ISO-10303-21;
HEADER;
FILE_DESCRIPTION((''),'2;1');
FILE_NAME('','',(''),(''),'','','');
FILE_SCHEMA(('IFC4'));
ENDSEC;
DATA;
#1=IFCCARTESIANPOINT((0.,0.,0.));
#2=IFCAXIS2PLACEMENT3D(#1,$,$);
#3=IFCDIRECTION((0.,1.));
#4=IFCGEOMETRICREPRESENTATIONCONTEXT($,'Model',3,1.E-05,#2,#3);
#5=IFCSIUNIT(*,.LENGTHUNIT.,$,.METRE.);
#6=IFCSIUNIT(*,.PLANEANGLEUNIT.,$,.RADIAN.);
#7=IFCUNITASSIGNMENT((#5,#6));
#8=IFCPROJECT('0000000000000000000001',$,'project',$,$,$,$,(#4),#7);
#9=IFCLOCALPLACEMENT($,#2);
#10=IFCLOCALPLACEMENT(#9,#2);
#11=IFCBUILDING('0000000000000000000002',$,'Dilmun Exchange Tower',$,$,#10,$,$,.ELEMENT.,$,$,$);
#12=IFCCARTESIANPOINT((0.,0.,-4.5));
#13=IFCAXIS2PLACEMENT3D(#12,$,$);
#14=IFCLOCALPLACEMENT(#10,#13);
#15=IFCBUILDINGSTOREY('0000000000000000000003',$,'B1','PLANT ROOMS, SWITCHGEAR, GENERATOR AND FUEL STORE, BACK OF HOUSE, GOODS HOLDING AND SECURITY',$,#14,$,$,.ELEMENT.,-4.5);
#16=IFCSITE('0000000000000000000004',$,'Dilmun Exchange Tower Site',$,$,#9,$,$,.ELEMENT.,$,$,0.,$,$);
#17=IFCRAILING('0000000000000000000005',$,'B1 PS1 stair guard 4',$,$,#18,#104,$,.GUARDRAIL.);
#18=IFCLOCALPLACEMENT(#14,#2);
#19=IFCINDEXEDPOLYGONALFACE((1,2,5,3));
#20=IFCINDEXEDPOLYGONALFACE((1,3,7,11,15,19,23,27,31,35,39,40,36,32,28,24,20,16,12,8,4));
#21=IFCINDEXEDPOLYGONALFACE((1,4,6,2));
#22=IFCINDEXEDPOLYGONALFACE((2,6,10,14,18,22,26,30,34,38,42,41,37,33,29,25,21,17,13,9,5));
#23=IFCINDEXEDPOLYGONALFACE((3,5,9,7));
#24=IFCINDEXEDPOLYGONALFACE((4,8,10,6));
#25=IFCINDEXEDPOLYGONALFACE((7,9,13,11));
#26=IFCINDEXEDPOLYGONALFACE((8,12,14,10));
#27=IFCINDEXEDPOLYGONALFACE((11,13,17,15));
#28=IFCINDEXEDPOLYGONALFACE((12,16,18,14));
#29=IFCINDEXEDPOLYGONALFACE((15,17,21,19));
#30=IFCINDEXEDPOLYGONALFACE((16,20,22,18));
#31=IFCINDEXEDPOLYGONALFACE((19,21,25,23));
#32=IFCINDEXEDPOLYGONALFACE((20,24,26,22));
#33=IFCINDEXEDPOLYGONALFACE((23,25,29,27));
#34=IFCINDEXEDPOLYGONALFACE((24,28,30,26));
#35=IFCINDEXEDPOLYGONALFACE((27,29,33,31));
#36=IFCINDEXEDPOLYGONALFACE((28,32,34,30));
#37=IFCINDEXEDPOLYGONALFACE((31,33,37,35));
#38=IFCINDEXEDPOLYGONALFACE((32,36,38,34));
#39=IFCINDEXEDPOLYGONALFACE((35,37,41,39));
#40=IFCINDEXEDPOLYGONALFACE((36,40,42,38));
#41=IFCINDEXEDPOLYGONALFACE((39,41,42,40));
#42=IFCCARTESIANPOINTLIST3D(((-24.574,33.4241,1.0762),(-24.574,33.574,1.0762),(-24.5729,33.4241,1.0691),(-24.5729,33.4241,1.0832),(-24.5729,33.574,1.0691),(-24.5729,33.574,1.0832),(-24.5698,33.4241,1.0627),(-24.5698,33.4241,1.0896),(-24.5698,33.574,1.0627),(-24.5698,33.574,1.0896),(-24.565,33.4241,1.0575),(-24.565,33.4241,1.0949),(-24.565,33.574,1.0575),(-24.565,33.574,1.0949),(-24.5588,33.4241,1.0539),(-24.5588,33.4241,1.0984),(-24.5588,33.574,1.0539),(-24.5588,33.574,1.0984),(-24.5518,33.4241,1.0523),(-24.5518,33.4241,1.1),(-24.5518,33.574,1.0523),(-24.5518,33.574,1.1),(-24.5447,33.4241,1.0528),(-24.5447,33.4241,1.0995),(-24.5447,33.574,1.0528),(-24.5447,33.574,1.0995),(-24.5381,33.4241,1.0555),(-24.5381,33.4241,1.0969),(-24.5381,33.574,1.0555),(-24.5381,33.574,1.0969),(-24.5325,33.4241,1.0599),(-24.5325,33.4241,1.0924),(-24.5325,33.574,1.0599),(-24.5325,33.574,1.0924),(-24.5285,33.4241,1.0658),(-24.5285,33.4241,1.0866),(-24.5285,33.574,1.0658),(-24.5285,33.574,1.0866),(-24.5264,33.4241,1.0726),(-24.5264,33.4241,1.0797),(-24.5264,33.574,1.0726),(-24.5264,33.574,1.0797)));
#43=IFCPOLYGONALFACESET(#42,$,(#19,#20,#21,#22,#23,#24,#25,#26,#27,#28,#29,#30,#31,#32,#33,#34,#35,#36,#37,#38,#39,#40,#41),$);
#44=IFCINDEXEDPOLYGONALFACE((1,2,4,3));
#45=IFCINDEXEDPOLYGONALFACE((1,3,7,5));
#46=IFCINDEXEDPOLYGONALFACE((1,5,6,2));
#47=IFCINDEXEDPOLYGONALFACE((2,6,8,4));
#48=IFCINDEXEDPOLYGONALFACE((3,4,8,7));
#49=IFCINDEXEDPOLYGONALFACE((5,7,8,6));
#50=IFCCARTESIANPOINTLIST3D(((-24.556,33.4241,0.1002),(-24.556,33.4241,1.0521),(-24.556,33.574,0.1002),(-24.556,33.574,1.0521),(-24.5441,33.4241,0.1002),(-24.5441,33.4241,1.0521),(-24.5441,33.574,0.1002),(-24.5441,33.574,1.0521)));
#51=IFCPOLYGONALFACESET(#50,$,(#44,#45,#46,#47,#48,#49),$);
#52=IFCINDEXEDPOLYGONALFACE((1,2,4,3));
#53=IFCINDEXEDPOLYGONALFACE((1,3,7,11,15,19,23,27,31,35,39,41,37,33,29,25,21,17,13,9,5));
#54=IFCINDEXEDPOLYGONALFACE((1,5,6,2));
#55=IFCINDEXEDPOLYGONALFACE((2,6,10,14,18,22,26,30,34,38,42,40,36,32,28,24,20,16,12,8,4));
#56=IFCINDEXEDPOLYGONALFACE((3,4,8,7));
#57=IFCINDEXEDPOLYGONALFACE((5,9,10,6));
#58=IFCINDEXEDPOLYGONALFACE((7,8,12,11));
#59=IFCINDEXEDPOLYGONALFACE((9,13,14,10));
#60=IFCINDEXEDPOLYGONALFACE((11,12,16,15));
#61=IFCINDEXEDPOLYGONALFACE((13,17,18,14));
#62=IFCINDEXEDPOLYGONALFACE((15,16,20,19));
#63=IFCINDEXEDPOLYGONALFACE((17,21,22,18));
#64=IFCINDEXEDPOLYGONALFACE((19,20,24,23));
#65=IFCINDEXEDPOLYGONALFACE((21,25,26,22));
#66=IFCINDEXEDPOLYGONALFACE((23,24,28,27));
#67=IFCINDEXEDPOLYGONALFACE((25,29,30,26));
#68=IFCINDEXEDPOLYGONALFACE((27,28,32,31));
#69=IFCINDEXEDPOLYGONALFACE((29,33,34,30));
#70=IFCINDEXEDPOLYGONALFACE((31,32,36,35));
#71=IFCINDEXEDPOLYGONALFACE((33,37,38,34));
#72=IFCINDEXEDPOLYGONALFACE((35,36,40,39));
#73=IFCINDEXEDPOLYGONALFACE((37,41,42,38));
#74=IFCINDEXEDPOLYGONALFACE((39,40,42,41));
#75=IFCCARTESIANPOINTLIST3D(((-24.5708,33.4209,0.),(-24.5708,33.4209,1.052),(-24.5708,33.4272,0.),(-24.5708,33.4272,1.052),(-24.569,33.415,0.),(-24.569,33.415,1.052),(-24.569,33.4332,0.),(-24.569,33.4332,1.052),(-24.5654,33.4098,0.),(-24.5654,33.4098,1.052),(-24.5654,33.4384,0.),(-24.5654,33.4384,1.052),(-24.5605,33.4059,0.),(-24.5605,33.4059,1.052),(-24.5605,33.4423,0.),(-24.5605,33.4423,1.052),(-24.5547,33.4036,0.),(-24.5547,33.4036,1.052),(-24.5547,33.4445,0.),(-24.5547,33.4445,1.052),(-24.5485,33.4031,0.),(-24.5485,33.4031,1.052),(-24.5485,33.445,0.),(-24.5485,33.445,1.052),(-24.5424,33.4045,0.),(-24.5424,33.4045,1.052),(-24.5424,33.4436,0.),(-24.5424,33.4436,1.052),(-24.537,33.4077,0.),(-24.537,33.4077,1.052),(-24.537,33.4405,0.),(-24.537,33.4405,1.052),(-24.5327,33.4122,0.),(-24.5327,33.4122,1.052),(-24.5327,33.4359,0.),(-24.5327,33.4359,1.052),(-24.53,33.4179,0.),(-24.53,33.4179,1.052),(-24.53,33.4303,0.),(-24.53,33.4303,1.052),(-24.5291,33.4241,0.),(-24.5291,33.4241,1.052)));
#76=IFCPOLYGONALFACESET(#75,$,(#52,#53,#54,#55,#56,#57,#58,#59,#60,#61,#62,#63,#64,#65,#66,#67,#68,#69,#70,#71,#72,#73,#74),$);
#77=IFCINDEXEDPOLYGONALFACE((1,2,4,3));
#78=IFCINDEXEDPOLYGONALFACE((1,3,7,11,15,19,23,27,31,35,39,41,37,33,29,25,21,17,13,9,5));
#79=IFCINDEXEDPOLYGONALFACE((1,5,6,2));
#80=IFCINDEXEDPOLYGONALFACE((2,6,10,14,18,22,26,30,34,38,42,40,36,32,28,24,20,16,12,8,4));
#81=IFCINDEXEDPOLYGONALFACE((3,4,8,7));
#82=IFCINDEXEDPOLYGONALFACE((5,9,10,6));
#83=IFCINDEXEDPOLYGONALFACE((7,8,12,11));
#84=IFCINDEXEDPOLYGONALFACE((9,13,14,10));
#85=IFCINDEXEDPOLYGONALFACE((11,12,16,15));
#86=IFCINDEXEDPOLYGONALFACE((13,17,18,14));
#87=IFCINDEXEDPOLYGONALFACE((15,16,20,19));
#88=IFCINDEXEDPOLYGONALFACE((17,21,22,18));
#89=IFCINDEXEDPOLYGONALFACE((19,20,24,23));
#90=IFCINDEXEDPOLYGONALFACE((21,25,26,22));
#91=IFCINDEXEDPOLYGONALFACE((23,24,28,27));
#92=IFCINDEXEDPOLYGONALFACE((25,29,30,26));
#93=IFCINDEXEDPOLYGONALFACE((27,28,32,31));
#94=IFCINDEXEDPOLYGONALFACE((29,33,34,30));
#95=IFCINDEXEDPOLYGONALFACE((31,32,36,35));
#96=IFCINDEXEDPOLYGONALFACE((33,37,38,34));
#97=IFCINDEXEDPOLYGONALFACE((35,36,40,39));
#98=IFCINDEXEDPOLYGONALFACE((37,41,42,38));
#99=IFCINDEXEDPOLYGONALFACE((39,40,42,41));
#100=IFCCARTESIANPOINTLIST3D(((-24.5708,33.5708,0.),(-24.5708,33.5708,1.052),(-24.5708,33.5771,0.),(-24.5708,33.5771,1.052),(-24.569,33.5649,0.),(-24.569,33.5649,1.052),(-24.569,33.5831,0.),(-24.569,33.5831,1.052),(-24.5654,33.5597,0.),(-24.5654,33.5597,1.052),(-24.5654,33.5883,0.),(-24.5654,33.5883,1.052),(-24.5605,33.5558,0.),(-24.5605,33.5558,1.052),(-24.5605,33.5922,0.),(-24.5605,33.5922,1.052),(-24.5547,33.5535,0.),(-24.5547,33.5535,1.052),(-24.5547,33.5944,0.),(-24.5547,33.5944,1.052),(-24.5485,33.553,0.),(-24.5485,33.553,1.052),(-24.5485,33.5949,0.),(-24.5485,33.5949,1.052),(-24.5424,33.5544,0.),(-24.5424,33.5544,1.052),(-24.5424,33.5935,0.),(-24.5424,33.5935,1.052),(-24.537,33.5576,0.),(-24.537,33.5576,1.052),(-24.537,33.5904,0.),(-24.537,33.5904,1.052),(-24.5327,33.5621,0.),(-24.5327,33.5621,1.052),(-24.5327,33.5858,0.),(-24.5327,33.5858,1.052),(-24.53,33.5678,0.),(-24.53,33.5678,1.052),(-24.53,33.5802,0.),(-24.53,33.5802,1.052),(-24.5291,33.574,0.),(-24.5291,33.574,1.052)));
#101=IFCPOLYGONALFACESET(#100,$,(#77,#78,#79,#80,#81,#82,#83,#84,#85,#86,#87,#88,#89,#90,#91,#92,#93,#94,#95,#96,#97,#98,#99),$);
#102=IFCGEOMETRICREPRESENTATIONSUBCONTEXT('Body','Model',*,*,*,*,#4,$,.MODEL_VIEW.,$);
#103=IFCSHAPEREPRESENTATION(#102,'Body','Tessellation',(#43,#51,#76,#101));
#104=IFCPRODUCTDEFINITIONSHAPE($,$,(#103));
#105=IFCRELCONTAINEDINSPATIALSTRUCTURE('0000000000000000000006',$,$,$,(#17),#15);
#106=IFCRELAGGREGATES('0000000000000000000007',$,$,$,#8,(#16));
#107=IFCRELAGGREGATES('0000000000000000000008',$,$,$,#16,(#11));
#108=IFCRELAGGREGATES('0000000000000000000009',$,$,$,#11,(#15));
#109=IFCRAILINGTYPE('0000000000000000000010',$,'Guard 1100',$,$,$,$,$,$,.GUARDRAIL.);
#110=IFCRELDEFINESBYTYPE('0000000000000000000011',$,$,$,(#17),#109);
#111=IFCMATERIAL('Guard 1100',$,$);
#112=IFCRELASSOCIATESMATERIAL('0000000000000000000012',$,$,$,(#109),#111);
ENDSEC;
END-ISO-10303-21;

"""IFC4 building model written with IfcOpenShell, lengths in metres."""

from ifc_helpers import new_model, si_unit, direction, frame, origin, origin_2d, place, context, subcontext, project, spatial, rectangle, circle, extrude, material, type_object, element, save


model = new_model("IFC4")

# Units and contexts
model_context = context("Model", 3, precision=1e-05, world=origin(), true_north=direction((0.0, 1.0)))
body_context = subcontext(model_context, "Body", "Model", "MODEL_VIEW")
ifc_project = project(units=[si_unit("LENGTHUNIT", "METRE"), si_unit("PLANEANGLEUNIT", "RADIAN")], contexts=[model_context])

# Site, building, storey
site_placement = place(None, origin())
site = spatial("IfcSite", under=ifc_project, at=site_placement, Name="Dilmun Exchange Tower Site", CompositionType="ELEMENT", RefElevation=0.0)
building_placement = place(site_placement, origin())
building = spatial("IfcBuilding", under=site, at=building_placement, Name="Dilmun Exchange Tower", CompositionType="ELEMENT")
storey_placement = place(building_placement, frame((0.0, 0.0, -4.5)))
storey = spatial("IfcBuildingStorey", under=building, at=storey_placement, Name="B1", Description="PLANT ROOMS, SWITCHGEAR, GENERATOR AND FUEL STORE, BACK OF HOUSE, GOODS HOLDING AND SECURITY", CompositionType="ELEMENT", Elevation=-4.5)

# Railing
ifc_material_1 = material(Name="Guard 1100")
railing_type_1 = type_object("IfcRailingType", Name="Guard 1100", PredefinedType="GUARDRAIL", material=ifc_material_1)
railing_1_placement = place(storey_placement, frame((-24.55, 33.4241, 0.0)))
element("IfcRailing", 1, at=railing_1_placement, inside=storey, type_object=railing_type_1, Name="B1 PS1 stair guard 4", PredefinedType="GUARDRAIL", context=body_context, shape_type="SweptSolid", body=[
    extrude(circle(Radius=0.0239, at=origin_2d()), frame((0.0, 0.0, 1.0762), z_axis=(0.0, 1.0, 0.0), x_axis=(-1.0, 0.0, 0.0)), (0.0, 0.0, 1.0), 0.1499),
    extrude(rectangle(XDim=0.012, YDim=0.9519, at=origin_2d()), frame((0.0, 0.0, 0.5762), z_axis=(0.0, 1.0, 0.0), x_axis=(-1.0, 0.0, 0.0)), (0.0, 0.0, 1.0), 0.1499),
    extrude(circle(Radius=0.021, at=origin_2d()), origin(), (0.0, 0.0, 1.0), 1.052),
    extrude(circle(Radius=0.021, at=origin_2d()), frame((0.0, 0.1499, 0.0)), (0.0, 0.0, 1.0), 1.052),
])

save(model, "model.ifc")
